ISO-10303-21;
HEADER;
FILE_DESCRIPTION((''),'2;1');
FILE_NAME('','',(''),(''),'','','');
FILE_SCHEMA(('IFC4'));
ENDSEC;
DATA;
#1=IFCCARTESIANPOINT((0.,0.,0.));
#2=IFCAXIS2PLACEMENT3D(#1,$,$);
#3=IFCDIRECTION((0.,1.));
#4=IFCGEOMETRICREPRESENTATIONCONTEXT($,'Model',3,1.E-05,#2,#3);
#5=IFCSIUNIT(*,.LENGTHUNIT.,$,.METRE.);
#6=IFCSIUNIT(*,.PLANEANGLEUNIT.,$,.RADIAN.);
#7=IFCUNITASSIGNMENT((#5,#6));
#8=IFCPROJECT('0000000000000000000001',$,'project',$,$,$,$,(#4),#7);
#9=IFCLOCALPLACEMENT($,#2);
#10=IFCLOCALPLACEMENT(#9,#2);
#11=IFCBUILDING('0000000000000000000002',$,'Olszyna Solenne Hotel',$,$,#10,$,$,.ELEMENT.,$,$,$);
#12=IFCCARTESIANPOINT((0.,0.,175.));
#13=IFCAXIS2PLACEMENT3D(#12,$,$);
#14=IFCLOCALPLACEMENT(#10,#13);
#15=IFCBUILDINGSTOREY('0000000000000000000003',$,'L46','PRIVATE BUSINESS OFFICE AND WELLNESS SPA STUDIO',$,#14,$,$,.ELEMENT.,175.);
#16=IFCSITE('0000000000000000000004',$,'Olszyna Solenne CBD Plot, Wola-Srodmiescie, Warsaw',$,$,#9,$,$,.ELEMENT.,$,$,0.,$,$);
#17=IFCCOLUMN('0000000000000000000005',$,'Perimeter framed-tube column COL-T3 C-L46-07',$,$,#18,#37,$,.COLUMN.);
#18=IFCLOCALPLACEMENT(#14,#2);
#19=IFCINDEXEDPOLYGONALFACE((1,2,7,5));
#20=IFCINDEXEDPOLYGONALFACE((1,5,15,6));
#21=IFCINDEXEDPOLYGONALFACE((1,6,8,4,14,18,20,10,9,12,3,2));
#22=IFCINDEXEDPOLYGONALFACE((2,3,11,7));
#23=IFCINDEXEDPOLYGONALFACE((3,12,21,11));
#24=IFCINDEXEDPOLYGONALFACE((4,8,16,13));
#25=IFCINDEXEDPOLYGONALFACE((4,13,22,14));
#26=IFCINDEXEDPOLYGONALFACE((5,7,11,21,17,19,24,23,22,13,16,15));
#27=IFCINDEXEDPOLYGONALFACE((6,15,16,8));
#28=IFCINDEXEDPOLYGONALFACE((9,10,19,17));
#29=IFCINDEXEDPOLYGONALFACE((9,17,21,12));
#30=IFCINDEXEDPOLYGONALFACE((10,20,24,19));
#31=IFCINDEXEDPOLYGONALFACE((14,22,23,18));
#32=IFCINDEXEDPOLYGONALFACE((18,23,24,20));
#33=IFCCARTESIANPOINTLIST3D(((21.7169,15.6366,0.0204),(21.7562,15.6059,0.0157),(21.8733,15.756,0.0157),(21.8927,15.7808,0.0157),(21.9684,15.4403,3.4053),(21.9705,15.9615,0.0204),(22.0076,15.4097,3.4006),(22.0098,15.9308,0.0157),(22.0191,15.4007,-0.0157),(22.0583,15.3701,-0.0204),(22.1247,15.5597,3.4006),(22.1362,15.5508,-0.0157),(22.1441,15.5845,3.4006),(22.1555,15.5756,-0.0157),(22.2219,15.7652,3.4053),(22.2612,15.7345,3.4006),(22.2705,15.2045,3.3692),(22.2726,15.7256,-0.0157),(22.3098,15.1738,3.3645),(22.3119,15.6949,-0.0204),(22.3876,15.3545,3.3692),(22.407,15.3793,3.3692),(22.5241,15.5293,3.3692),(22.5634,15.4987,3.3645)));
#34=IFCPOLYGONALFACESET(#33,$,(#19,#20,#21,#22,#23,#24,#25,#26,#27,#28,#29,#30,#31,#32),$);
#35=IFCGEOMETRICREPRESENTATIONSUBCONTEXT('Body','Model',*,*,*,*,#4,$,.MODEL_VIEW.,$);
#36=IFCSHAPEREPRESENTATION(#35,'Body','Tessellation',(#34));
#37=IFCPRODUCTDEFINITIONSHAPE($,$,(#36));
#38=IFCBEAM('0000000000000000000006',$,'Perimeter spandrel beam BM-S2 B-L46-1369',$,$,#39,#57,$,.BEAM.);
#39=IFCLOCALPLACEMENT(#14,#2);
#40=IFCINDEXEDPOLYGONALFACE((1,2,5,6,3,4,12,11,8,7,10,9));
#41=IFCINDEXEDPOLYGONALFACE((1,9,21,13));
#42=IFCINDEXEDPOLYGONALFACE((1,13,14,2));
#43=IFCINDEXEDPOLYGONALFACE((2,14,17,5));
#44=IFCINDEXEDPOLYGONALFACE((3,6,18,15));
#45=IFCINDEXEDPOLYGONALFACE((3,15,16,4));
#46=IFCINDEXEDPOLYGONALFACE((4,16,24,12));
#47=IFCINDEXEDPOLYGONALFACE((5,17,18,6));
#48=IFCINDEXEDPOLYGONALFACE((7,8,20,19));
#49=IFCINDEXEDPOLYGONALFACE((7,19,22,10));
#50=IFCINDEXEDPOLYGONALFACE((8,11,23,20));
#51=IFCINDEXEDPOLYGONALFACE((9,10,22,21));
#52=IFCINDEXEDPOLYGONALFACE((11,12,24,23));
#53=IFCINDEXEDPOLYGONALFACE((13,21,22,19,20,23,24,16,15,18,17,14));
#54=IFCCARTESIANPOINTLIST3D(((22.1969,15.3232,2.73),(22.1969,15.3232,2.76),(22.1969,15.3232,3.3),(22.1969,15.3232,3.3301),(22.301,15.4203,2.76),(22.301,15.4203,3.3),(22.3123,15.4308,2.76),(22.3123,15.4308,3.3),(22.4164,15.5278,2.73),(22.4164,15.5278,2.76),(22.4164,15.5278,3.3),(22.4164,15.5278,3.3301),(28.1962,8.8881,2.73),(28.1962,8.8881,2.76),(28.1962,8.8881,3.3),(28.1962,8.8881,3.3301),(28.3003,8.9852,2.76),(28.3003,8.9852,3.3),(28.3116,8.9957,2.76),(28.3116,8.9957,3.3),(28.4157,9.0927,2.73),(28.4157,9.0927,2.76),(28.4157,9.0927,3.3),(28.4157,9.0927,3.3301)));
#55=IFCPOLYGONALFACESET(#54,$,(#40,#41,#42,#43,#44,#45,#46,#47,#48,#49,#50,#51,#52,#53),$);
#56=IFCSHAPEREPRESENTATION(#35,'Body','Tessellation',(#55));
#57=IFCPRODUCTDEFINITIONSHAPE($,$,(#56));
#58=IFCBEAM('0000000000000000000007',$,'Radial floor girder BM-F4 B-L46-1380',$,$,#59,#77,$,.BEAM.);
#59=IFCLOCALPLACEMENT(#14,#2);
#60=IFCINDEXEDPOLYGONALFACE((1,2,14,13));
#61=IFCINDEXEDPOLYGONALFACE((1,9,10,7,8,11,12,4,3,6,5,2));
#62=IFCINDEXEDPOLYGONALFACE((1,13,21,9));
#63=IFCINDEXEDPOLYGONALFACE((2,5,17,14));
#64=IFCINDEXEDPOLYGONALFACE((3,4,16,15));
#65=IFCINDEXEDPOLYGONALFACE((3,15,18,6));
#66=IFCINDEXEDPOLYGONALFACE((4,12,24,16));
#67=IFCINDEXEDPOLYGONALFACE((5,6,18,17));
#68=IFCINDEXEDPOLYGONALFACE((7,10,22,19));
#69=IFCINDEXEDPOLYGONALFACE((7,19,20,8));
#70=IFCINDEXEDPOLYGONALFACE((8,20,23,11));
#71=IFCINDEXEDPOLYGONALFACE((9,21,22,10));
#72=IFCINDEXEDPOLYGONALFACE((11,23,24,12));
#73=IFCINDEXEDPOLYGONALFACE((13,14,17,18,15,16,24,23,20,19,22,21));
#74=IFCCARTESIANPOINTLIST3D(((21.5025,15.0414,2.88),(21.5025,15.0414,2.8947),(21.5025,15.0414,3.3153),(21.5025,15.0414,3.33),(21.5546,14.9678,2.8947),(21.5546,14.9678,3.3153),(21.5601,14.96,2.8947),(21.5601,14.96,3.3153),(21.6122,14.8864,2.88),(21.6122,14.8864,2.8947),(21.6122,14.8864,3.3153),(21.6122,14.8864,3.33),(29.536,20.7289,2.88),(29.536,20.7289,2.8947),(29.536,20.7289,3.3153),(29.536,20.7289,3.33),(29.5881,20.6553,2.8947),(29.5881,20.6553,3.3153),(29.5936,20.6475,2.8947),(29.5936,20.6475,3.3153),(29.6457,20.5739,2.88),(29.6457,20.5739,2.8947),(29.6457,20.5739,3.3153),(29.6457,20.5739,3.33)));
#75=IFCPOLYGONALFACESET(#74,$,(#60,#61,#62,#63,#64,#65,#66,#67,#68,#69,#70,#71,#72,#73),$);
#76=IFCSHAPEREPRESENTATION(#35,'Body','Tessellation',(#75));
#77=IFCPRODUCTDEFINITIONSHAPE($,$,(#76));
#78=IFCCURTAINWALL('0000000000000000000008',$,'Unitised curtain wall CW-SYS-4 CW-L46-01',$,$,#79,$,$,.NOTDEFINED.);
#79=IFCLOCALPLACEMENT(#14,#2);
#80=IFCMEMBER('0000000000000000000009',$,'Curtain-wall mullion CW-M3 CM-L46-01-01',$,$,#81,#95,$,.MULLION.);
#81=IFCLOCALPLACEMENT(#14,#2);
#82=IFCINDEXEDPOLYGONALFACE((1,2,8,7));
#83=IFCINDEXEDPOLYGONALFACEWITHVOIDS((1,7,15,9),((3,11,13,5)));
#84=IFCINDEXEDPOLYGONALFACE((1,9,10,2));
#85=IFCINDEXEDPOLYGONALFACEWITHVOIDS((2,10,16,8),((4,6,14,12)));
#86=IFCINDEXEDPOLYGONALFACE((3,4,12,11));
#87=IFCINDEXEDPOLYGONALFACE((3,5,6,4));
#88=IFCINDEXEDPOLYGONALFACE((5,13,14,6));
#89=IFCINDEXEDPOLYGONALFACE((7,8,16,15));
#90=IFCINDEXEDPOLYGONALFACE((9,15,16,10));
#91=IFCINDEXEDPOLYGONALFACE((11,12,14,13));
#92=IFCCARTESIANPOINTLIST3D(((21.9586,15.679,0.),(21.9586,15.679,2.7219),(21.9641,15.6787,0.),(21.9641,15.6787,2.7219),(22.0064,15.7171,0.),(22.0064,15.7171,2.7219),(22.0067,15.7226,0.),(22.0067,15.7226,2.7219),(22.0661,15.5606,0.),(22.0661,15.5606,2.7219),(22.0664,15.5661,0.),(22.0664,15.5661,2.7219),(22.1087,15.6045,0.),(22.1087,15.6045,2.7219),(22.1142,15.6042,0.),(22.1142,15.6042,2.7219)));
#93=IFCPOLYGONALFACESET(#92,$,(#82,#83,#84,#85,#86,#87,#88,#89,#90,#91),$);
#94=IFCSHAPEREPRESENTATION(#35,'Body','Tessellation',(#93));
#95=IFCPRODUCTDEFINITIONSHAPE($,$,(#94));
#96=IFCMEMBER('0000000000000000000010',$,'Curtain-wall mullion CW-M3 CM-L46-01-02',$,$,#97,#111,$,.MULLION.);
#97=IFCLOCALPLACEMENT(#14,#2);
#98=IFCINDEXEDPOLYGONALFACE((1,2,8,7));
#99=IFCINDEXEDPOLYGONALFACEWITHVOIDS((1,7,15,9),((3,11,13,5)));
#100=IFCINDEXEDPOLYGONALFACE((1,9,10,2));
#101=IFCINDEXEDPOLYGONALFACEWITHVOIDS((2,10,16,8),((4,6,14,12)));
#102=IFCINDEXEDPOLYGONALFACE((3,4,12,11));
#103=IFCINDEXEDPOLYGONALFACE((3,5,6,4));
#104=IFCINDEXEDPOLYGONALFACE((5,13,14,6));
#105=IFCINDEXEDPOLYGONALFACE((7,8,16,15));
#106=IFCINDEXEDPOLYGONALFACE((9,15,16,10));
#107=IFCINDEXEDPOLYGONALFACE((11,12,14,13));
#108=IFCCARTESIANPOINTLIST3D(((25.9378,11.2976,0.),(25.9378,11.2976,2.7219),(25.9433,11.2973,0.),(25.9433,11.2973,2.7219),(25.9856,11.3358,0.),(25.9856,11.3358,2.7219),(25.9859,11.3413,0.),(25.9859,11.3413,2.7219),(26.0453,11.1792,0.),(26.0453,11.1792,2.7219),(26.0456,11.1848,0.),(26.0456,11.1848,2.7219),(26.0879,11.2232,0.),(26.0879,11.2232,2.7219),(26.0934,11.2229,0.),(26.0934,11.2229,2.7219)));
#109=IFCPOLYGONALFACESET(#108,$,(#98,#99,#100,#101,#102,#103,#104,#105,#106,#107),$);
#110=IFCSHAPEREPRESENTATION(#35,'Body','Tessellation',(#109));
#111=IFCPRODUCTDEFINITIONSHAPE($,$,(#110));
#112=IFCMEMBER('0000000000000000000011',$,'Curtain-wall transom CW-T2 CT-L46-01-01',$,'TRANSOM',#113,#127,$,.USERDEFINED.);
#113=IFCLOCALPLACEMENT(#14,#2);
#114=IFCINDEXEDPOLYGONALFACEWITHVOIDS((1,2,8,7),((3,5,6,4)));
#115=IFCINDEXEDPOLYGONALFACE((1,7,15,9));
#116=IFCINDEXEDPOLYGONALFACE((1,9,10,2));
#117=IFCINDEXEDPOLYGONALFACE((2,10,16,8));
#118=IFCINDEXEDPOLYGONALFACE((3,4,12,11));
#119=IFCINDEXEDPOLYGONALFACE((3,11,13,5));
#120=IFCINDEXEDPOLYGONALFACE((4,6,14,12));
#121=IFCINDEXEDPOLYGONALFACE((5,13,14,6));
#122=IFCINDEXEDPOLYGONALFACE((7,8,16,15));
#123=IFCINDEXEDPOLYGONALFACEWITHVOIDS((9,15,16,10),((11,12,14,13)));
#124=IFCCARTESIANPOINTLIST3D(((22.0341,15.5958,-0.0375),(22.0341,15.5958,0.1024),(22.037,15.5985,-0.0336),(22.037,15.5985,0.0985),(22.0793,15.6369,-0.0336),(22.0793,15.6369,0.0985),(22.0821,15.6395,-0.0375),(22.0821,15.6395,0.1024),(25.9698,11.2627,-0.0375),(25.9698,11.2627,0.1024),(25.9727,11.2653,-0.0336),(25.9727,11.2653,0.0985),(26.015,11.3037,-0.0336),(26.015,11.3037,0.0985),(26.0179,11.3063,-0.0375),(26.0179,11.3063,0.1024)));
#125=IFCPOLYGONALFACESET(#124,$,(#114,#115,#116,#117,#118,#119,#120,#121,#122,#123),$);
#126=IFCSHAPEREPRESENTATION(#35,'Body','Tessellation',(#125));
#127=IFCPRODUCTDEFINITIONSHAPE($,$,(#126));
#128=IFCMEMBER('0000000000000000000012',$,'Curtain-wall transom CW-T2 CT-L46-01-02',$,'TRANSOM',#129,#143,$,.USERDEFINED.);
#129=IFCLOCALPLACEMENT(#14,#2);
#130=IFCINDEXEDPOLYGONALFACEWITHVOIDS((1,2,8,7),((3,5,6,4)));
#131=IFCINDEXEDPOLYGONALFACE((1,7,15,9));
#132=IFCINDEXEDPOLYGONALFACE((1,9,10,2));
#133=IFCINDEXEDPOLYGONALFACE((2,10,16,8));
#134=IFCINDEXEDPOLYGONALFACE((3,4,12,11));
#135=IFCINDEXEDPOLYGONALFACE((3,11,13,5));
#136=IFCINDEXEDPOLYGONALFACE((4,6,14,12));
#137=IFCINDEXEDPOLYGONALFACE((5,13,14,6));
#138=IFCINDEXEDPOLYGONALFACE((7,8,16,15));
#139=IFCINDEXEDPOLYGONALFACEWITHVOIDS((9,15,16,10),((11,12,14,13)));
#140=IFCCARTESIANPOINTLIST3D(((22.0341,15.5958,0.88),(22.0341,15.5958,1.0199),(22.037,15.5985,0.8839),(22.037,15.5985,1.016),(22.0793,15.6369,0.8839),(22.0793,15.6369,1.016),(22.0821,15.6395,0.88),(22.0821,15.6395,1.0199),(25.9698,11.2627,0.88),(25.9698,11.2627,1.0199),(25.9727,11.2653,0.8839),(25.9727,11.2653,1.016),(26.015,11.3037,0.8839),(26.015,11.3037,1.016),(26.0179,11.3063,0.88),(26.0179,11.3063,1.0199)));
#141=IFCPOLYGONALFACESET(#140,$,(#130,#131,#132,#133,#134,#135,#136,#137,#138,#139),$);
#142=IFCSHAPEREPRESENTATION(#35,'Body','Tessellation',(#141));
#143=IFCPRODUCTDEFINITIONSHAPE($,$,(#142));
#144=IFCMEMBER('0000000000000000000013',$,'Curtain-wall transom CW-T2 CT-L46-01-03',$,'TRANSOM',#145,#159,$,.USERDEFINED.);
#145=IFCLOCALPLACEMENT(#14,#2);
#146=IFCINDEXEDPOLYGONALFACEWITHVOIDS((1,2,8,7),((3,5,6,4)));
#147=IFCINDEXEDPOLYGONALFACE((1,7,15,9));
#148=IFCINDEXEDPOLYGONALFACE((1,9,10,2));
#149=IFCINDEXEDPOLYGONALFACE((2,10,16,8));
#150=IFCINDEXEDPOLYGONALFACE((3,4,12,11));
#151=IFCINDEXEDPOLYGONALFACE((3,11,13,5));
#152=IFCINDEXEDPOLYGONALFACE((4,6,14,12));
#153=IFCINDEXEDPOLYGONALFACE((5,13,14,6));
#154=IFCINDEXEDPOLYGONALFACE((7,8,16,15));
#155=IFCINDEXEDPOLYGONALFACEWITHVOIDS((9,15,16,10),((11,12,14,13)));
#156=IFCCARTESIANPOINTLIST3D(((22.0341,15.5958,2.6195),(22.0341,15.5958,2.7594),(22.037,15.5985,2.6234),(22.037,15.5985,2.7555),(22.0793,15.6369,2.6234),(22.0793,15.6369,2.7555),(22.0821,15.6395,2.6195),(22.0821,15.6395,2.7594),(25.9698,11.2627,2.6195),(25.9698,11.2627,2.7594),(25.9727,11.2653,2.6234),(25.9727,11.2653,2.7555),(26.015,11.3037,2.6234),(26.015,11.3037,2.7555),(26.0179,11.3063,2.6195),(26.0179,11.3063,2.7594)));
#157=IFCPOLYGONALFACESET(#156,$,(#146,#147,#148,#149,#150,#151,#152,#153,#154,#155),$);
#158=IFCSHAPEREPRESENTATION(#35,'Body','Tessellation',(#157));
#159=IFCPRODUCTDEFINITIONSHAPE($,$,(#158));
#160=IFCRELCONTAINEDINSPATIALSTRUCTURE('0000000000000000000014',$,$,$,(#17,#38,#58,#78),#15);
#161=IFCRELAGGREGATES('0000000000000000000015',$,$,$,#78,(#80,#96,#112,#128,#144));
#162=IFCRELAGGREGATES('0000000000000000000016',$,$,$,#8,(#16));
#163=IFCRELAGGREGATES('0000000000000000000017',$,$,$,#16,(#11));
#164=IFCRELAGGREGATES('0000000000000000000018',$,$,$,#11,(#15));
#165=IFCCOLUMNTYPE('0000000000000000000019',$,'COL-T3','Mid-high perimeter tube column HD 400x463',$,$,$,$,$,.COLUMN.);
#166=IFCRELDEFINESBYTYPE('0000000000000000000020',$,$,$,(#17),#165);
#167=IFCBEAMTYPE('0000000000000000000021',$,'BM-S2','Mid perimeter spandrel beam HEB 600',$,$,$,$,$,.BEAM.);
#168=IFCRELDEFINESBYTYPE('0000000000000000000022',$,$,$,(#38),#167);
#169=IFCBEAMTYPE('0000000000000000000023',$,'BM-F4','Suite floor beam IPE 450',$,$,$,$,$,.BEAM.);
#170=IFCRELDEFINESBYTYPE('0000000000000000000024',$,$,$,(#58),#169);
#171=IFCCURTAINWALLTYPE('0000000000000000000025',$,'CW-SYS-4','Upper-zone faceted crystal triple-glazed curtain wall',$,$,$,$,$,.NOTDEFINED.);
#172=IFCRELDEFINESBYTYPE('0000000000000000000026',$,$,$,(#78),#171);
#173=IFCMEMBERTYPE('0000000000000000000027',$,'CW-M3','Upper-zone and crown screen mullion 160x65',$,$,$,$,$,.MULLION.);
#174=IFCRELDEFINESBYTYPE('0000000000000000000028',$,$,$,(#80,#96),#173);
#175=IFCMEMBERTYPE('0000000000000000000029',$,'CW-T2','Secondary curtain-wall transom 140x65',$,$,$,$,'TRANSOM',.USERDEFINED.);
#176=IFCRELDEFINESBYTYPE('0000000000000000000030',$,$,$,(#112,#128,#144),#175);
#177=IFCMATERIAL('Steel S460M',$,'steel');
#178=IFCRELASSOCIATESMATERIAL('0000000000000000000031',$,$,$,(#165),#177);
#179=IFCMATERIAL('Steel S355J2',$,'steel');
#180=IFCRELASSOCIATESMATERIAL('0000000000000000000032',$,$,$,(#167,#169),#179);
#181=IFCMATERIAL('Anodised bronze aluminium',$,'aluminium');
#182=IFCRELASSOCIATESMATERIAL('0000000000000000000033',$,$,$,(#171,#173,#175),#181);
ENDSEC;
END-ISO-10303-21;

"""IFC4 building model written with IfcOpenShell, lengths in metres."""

from ifc_helpers import new_model, si_unit, direction, frame, origin, origin_2d, place, context, subcontext, project, spatial, hollow_rectangle, i_section, extrude, source, transform, mapped, material, material_profile, profile_set, type_object, element, aggregate, save


model = new_model("IFC4")

# Units and contexts
model_context = context("Model", 3, precision=1e-05, world=origin(), true_north=direction((0.0, 1.0)))
body_context = subcontext(model_context, "Body", "Model", "MODEL_VIEW")
ifc_project = project(units=[si_unit("LENGTHUNIT", "METRE"), si_unit("PLANEANGLEUNIT", "RADIAN")], contexts=[model_context])

# Site, building, storey
site_placement = place(None, origin())
site = spatial("IfcSite", under=ifc_project, at=site_placement, Name="Olszyna Solenne CBD Plot, Wola-Srodmiescie, Warsaw", CompositionType="ELEMENT", RefElevation=0.0)
building_placement = place(site_placement, origin())
building = spatial("IfcBuilding", under=site, at=building_placement, Name="Olszyna Solenne Hotel", CompositionType="ELEMENT")
storey_placement = place(building_placement, frame((0.0, 0.0, 175.0)))
storey = spatial("IfcBuildingStorey", under=building, at=storey_placement, Name="L46", Description="PRIVATE BUSINESS OFFICE AND WELLNESS SPA STUDIO", CompositionType="ELEMENT", Elevation=175.0)

# Column
ifc_material_1 = material(Name="Steel S460M", Category="steel")
ifc_material_profile_1 = material_profile(ifc_material_1, i_section(OverallWidth=0.4121, OverallDepth=0.4351, WebThickness=0.0315, FlangeThickness=0.05, at=origin_2d()), Name="HD 400x463", Category="load-bearing")
ifc_profile_set_1 = profile_set([ifc_material_profile_1], Name="Steel S460M")
column_type = type_object("IfcColumnType", Name="COL-T3", Description="Mid-high perimeter tube column HD 400x463", PredefinedType="COLUMN", material=ifc_profile_set_1)
shared_shape_1 = source(origin(), body_context, "Body", "SweptSolid", [
    extrude(i_section(OverallWidth=0.4121, OverallDepth=0.4351, WebThickness=0.0315, FlangeThickness=0.05, at=origin_2d()), origin(), (0.0, 0.0, 1.0), 3.3999),
])
column_placement = place(storey_placement, frame((22.0144, 15.6658, 0.0), z_axis=(0.07396, -0.057732, 0.995589), x_axis=(0.615317, 0.78828, 0.0)))
element("IfcColumn", 1, at=column_placement, inside=storey, type_object=column_type, Name="Perimeter framed-tube column COL-T3 C-L46-07", PredefinedType="COLUMN", context=body_context, shape_type="MappedRepresentation", body=[
    mapped(shared_shape_1, transform((0.0, 0.0, 0.0), x_axis=(1.0, 0.0, 0.0), y_axis=(0.0, 1.0, 0.0), z_axis=(0.0, 0.0, 1.0), scale=1.0)),
])

# Beams
ifc_material_2 = material(Name="Steel S355J2", Category="steel")
ifc_material_profile_2 = material_profile(ifc_material_2, i_section(OverallWidth=0.3, OverallDepth=0.6001, WebThickness=0.0154, FlangeThickness=0.03, at=origin_2d()), Name="HEB 600", Category="load-bearing")
ifc_profile_set_2 = profile_set([ifc_material_profile_2], Name="Steel S355J2")
beam_type_1 = type_object("IfcBeamType", Name="BM-S2", Description="Mid perimeter spandrel beam HEB 600", PredefinedType="BEAM", material=ifc_profile_set_2)
shared_shape_2 = source(origin(), body_context, "Body", "SweptSolid", [
    extrude(i_section(OverallWidth=0.3, OverallDepth=0.6001, WebThickness=0.0154, FlangeThickness=0.03, at=origin_2d()), origin(), (0.0, 0.0, 1.0), 8.7979),
])
beam_1_placement = place(storey_placement, frame((22.3066, 15.4255, 3.03), z_axis=(0.681906, -0.73144, 0.0), x_axis=(0.73144, 0.681906, 0.0)))
element("IfcBeam", 2, at=beam_1_placement, inside=storey, type_object=beam_type_1, Name="Perimeter spandrel beam BM-S2 B-L46-1369", PredefinedType="BEAM", context=body_context, shape_type="MappedRepresentation", body=[
    mapped(shared_shape_2, transform((0.0, 0.0, 0.0), x_axis=(1.0, 0.0, 0.0), y_axis=(0.0, 1.0, 0.0), z_axis=(0.0, 0.0, 1.0), scale=1.0)),
])
ifc_material_profile_3 = material_profile(ifc_material_2, i_section(OverallWidth=0.1899, OverallDepth=0.45, WebThickness=0.0095, FlangeThickness=0.0146, at=origin_2d()), Name="IPE 450", Category="load-bearing")
ifc_profile_set_3 = profile_set([ifc_material_profile_3], Name="Steel S355J2")
beam_type_2 = type_object("IfcBeamType", Name="BM-F4", Description="Suite floor beam IPE 450", PredefinedType="BEAM", material=ifc_profile_set_3)
shared_shape_3 = source(origin(), body_context, "Body", "SweptSolid", [
    extrude(i_section(OverallWidth=0.1899, OverallDepth=0.45, WebThickness=0.0095, FlangeThickness=0.0146, at=origin_2d()), origin(), (0.0, 0.0, 1.0), 9.843),
])
beam_2_placement = place(storey_placement, frame((21.5574, 14.9639, 3.105), z_axis=(0.816161, 0.577824, 0.0), x_axis=(-0.577824, 0.816161, 0.0)))
element("IfcBeam", 3, at=beam_2_placement, inside=storey, type_object=beam_type_2, Name="Radial floor girder BM-F4 B-L46-1380", PredefinedType="BEAM", context=body_context, shape_type="MappedRepresentation", body=[
    mapped(shared_shape_3, transform((0.0, 0.0, 0.0), x_axis=(1.0, 0.0, 0.0), y_axis=(0.0, 1.0, 0.0), z_axis=(0.0, 0.0, 1.0), scale=1.0)),
])

# Curtain wall, members
ifc_material_3 = material(Name="Anodised bronze aluminium", Category="aluminium")
curtain_wall_type = type_object("IfcCurtainWallType", Name="CW-SYS-4", Description="Upper-zone faceted crystal triple-glazed curtain wall", PredefinedType="NOTDEFINED", material=ifc_material_3)
curtain_wall_placement = place(storey_placement, origin())
curtain_wall = element("IfcCurtainWall", 4, at=curtain_wall_placement, inside=storey, type_object=curtain_wall_type, Name="Unitised curtain wall CW-SYS-4 CW-L46-01", PredefinedType="NOTDEFINED")
ifc_material_profile_4 = material_profile(ifc_material_3, hollow_rectangle(XDim=0.0649, YDim=0.1599, WallThickness=0.0039, at=origin_2d()), Name="MULL 160x65x4", Category="load-bearing")
ifc_profile_set_4 = profile_set([ifc_material_profile_4], Name="Anodised bronze aluminium")
member_type_1 = type_object("IfcMemberType", Name="CW-M3", Description="Upper-zone and crown screen mullion 160x65", PredefinedType="MULLION", material=ifc_profile_set_4)
shared_shape_4 = source(origin(), body_context, "Body", "SweptSolid", [
    extrude(hollow_rectangle(XDim=0.0649, YDim=0.1599, WallThickness=0.0039, at=origin_2d()), origin(), (0.0, 0.0, 1.0), 2.7219),
])
member_1_placement = place(storey_placement, frame((22.0364, 15.6416, 0.0), z_axis=(0.0, 0.0, 1.0), x_axis=(0.740258, 0.672323, 0.0)))
member_1 = element("IfcMember", 5, at=member_1_placement, type_object=member_type_1, Name="Curtain-wall mullion CW-M3 CM-L46-01-01", PredefinedType="MULLION", context=body_context, shape_type="MappedRepresentation", body=[
    mapped(shared_shape_4, transform((0.0, 0.0, 0.0), x_axis=(1.0, 0.0, 0.0), y_axis=(0.0, 1.0, 0.0), z_axis=(0.0, 0.0, 1.0), scale=1.0)),
])
member_2_placement = place(storey_placement, frame((26.0156, 11.2603, 0.0), z_axis=(0.0, 0.0, 1.0), x_axis=(0.740258, 0.672323, 0.0)))
member_2 = element("IfcMember", 6, at=member_2_placement, type_object=member_type_1, Name="Curtain-wall mullion CW-M3 CM-L46-01-02", PredefinedType="MULLION", context=body_context, shape_type="MappedRepresentation", body=[
    mapped(shared_shape_4, transform((0.0, 0.0, 0.0), x_axis=(1.0, 0.0, 0.0), y_axis=(0.0, 1.0, 0.0), z_axis=(0.0, 0.0, 1.0), scale=1.0)),
])
ifc_material_profile_5 = material_profile(ifc_material_3, hollow_rectangle(XDim=0.0649, YDim=0.1399, WallThickness=0.0039, at=origin_2d()), Name="TRAN 140x65x4", Category="load-bearing")
ifc_profile_set_5 = profile_set([ifc_material_profile_5], Name="Anodised bronze aluminium")
member_type_2 = type_object("IfcMemberType", Name="CW-T2", Description="Secondary curtain-wall transom 140x65", ElementType="TRANSOM", PredefinedType="USERDEFINED", material=ifc_profile_set_5)
shared_shape_5 = source(origin(), body_context, "Body", "SweptSolid", [
    extrude(hollow_rectangle(XDim=0.0649, YDim=0.1399, WallThickness=0.0039, at=origin_2d()), origin(), (0.0, 0.0, 1.0), 5.8538),
])
member_3_placement = place(storey_placement, frame((22.0581, 15.6177, 0.0325), z_axis=(0.672343, -0.74024, 0.0), x_axis=(0.74024, 0.672343, 0.0)))
member_3 = element("IfcMember", 7, at=member_3_placement, type_object=member_type_2, Name="Curtain-wall transom CW-T2 CT-L46-01-01", ObjectType="TRANSOM", PredefinedType="USERDEFINED", context=body_context, shape_type="MappedRepresentation", body=[
    mapped(shared_shape_5, transform((0.0, 0.0, 0.0), x_axis=(1.0, 0.0, 0.0), y_axis=(0.0, 1.0, 0.0), z_axis=(0.0, 0.0, 1.0), scale=1.0)),
])
member_4_placement = place(storey_placement, frame((22.0581, 15.6177, 0.95), z_axis=(0.672343, -0.74024, 0.0), x_axis=(0.74024, 0.672343, 0.0)))
member_4 = element("IfcMember", 8, at=member_4_placement, type_object=member_type_2, Name="Curtain-wall transom CW-T2 CT-L46-01-02", ObjectType="TRANSOM", PredefinedType="USERDEFINED", context=body_context, shape_type="MappedRepresentation", body=[
    mapped(shared_shape_5, transform((0.0, 0.0, 0.0), x_axis=(1.0, 0.0, 0.0), y_axis=(0.0, 1.0, 0.0), z_axis=(0.0, 0.0, 1.0), scale=1.0)),
])
member_5_placement = place(storey_placement, frame((22.0581, 15.6177, 2.6895), z_axis=(0.672343, -0.74024, 0.0), x_axis=(0.74024, 0.672343, 0.0)))
member_5 = element("IfcMember", 9, at=member_5_placement, type_object=member_type_2, Name="Curtain-wall transom CW-T2 CT-L46-01-03", ObjectType="TRANSOM", PredefinedType="USERDEFINED", context=body_context, shape_type="MappedRepresentation", body=[
    mapped(shared_shape_5, transform((0.0, 0.0, 0.0), x_axis=(1.0, 0.0, 0.0), y_axis=(0.0, 1.0, 0.0), z_axis=(0.0, 0.0, 1.0), scale=1.0)),
])

aggregate(curtain_wall, [member_1, member_2, member_3, member_4, member_5])

save(model, "model.ifc")
